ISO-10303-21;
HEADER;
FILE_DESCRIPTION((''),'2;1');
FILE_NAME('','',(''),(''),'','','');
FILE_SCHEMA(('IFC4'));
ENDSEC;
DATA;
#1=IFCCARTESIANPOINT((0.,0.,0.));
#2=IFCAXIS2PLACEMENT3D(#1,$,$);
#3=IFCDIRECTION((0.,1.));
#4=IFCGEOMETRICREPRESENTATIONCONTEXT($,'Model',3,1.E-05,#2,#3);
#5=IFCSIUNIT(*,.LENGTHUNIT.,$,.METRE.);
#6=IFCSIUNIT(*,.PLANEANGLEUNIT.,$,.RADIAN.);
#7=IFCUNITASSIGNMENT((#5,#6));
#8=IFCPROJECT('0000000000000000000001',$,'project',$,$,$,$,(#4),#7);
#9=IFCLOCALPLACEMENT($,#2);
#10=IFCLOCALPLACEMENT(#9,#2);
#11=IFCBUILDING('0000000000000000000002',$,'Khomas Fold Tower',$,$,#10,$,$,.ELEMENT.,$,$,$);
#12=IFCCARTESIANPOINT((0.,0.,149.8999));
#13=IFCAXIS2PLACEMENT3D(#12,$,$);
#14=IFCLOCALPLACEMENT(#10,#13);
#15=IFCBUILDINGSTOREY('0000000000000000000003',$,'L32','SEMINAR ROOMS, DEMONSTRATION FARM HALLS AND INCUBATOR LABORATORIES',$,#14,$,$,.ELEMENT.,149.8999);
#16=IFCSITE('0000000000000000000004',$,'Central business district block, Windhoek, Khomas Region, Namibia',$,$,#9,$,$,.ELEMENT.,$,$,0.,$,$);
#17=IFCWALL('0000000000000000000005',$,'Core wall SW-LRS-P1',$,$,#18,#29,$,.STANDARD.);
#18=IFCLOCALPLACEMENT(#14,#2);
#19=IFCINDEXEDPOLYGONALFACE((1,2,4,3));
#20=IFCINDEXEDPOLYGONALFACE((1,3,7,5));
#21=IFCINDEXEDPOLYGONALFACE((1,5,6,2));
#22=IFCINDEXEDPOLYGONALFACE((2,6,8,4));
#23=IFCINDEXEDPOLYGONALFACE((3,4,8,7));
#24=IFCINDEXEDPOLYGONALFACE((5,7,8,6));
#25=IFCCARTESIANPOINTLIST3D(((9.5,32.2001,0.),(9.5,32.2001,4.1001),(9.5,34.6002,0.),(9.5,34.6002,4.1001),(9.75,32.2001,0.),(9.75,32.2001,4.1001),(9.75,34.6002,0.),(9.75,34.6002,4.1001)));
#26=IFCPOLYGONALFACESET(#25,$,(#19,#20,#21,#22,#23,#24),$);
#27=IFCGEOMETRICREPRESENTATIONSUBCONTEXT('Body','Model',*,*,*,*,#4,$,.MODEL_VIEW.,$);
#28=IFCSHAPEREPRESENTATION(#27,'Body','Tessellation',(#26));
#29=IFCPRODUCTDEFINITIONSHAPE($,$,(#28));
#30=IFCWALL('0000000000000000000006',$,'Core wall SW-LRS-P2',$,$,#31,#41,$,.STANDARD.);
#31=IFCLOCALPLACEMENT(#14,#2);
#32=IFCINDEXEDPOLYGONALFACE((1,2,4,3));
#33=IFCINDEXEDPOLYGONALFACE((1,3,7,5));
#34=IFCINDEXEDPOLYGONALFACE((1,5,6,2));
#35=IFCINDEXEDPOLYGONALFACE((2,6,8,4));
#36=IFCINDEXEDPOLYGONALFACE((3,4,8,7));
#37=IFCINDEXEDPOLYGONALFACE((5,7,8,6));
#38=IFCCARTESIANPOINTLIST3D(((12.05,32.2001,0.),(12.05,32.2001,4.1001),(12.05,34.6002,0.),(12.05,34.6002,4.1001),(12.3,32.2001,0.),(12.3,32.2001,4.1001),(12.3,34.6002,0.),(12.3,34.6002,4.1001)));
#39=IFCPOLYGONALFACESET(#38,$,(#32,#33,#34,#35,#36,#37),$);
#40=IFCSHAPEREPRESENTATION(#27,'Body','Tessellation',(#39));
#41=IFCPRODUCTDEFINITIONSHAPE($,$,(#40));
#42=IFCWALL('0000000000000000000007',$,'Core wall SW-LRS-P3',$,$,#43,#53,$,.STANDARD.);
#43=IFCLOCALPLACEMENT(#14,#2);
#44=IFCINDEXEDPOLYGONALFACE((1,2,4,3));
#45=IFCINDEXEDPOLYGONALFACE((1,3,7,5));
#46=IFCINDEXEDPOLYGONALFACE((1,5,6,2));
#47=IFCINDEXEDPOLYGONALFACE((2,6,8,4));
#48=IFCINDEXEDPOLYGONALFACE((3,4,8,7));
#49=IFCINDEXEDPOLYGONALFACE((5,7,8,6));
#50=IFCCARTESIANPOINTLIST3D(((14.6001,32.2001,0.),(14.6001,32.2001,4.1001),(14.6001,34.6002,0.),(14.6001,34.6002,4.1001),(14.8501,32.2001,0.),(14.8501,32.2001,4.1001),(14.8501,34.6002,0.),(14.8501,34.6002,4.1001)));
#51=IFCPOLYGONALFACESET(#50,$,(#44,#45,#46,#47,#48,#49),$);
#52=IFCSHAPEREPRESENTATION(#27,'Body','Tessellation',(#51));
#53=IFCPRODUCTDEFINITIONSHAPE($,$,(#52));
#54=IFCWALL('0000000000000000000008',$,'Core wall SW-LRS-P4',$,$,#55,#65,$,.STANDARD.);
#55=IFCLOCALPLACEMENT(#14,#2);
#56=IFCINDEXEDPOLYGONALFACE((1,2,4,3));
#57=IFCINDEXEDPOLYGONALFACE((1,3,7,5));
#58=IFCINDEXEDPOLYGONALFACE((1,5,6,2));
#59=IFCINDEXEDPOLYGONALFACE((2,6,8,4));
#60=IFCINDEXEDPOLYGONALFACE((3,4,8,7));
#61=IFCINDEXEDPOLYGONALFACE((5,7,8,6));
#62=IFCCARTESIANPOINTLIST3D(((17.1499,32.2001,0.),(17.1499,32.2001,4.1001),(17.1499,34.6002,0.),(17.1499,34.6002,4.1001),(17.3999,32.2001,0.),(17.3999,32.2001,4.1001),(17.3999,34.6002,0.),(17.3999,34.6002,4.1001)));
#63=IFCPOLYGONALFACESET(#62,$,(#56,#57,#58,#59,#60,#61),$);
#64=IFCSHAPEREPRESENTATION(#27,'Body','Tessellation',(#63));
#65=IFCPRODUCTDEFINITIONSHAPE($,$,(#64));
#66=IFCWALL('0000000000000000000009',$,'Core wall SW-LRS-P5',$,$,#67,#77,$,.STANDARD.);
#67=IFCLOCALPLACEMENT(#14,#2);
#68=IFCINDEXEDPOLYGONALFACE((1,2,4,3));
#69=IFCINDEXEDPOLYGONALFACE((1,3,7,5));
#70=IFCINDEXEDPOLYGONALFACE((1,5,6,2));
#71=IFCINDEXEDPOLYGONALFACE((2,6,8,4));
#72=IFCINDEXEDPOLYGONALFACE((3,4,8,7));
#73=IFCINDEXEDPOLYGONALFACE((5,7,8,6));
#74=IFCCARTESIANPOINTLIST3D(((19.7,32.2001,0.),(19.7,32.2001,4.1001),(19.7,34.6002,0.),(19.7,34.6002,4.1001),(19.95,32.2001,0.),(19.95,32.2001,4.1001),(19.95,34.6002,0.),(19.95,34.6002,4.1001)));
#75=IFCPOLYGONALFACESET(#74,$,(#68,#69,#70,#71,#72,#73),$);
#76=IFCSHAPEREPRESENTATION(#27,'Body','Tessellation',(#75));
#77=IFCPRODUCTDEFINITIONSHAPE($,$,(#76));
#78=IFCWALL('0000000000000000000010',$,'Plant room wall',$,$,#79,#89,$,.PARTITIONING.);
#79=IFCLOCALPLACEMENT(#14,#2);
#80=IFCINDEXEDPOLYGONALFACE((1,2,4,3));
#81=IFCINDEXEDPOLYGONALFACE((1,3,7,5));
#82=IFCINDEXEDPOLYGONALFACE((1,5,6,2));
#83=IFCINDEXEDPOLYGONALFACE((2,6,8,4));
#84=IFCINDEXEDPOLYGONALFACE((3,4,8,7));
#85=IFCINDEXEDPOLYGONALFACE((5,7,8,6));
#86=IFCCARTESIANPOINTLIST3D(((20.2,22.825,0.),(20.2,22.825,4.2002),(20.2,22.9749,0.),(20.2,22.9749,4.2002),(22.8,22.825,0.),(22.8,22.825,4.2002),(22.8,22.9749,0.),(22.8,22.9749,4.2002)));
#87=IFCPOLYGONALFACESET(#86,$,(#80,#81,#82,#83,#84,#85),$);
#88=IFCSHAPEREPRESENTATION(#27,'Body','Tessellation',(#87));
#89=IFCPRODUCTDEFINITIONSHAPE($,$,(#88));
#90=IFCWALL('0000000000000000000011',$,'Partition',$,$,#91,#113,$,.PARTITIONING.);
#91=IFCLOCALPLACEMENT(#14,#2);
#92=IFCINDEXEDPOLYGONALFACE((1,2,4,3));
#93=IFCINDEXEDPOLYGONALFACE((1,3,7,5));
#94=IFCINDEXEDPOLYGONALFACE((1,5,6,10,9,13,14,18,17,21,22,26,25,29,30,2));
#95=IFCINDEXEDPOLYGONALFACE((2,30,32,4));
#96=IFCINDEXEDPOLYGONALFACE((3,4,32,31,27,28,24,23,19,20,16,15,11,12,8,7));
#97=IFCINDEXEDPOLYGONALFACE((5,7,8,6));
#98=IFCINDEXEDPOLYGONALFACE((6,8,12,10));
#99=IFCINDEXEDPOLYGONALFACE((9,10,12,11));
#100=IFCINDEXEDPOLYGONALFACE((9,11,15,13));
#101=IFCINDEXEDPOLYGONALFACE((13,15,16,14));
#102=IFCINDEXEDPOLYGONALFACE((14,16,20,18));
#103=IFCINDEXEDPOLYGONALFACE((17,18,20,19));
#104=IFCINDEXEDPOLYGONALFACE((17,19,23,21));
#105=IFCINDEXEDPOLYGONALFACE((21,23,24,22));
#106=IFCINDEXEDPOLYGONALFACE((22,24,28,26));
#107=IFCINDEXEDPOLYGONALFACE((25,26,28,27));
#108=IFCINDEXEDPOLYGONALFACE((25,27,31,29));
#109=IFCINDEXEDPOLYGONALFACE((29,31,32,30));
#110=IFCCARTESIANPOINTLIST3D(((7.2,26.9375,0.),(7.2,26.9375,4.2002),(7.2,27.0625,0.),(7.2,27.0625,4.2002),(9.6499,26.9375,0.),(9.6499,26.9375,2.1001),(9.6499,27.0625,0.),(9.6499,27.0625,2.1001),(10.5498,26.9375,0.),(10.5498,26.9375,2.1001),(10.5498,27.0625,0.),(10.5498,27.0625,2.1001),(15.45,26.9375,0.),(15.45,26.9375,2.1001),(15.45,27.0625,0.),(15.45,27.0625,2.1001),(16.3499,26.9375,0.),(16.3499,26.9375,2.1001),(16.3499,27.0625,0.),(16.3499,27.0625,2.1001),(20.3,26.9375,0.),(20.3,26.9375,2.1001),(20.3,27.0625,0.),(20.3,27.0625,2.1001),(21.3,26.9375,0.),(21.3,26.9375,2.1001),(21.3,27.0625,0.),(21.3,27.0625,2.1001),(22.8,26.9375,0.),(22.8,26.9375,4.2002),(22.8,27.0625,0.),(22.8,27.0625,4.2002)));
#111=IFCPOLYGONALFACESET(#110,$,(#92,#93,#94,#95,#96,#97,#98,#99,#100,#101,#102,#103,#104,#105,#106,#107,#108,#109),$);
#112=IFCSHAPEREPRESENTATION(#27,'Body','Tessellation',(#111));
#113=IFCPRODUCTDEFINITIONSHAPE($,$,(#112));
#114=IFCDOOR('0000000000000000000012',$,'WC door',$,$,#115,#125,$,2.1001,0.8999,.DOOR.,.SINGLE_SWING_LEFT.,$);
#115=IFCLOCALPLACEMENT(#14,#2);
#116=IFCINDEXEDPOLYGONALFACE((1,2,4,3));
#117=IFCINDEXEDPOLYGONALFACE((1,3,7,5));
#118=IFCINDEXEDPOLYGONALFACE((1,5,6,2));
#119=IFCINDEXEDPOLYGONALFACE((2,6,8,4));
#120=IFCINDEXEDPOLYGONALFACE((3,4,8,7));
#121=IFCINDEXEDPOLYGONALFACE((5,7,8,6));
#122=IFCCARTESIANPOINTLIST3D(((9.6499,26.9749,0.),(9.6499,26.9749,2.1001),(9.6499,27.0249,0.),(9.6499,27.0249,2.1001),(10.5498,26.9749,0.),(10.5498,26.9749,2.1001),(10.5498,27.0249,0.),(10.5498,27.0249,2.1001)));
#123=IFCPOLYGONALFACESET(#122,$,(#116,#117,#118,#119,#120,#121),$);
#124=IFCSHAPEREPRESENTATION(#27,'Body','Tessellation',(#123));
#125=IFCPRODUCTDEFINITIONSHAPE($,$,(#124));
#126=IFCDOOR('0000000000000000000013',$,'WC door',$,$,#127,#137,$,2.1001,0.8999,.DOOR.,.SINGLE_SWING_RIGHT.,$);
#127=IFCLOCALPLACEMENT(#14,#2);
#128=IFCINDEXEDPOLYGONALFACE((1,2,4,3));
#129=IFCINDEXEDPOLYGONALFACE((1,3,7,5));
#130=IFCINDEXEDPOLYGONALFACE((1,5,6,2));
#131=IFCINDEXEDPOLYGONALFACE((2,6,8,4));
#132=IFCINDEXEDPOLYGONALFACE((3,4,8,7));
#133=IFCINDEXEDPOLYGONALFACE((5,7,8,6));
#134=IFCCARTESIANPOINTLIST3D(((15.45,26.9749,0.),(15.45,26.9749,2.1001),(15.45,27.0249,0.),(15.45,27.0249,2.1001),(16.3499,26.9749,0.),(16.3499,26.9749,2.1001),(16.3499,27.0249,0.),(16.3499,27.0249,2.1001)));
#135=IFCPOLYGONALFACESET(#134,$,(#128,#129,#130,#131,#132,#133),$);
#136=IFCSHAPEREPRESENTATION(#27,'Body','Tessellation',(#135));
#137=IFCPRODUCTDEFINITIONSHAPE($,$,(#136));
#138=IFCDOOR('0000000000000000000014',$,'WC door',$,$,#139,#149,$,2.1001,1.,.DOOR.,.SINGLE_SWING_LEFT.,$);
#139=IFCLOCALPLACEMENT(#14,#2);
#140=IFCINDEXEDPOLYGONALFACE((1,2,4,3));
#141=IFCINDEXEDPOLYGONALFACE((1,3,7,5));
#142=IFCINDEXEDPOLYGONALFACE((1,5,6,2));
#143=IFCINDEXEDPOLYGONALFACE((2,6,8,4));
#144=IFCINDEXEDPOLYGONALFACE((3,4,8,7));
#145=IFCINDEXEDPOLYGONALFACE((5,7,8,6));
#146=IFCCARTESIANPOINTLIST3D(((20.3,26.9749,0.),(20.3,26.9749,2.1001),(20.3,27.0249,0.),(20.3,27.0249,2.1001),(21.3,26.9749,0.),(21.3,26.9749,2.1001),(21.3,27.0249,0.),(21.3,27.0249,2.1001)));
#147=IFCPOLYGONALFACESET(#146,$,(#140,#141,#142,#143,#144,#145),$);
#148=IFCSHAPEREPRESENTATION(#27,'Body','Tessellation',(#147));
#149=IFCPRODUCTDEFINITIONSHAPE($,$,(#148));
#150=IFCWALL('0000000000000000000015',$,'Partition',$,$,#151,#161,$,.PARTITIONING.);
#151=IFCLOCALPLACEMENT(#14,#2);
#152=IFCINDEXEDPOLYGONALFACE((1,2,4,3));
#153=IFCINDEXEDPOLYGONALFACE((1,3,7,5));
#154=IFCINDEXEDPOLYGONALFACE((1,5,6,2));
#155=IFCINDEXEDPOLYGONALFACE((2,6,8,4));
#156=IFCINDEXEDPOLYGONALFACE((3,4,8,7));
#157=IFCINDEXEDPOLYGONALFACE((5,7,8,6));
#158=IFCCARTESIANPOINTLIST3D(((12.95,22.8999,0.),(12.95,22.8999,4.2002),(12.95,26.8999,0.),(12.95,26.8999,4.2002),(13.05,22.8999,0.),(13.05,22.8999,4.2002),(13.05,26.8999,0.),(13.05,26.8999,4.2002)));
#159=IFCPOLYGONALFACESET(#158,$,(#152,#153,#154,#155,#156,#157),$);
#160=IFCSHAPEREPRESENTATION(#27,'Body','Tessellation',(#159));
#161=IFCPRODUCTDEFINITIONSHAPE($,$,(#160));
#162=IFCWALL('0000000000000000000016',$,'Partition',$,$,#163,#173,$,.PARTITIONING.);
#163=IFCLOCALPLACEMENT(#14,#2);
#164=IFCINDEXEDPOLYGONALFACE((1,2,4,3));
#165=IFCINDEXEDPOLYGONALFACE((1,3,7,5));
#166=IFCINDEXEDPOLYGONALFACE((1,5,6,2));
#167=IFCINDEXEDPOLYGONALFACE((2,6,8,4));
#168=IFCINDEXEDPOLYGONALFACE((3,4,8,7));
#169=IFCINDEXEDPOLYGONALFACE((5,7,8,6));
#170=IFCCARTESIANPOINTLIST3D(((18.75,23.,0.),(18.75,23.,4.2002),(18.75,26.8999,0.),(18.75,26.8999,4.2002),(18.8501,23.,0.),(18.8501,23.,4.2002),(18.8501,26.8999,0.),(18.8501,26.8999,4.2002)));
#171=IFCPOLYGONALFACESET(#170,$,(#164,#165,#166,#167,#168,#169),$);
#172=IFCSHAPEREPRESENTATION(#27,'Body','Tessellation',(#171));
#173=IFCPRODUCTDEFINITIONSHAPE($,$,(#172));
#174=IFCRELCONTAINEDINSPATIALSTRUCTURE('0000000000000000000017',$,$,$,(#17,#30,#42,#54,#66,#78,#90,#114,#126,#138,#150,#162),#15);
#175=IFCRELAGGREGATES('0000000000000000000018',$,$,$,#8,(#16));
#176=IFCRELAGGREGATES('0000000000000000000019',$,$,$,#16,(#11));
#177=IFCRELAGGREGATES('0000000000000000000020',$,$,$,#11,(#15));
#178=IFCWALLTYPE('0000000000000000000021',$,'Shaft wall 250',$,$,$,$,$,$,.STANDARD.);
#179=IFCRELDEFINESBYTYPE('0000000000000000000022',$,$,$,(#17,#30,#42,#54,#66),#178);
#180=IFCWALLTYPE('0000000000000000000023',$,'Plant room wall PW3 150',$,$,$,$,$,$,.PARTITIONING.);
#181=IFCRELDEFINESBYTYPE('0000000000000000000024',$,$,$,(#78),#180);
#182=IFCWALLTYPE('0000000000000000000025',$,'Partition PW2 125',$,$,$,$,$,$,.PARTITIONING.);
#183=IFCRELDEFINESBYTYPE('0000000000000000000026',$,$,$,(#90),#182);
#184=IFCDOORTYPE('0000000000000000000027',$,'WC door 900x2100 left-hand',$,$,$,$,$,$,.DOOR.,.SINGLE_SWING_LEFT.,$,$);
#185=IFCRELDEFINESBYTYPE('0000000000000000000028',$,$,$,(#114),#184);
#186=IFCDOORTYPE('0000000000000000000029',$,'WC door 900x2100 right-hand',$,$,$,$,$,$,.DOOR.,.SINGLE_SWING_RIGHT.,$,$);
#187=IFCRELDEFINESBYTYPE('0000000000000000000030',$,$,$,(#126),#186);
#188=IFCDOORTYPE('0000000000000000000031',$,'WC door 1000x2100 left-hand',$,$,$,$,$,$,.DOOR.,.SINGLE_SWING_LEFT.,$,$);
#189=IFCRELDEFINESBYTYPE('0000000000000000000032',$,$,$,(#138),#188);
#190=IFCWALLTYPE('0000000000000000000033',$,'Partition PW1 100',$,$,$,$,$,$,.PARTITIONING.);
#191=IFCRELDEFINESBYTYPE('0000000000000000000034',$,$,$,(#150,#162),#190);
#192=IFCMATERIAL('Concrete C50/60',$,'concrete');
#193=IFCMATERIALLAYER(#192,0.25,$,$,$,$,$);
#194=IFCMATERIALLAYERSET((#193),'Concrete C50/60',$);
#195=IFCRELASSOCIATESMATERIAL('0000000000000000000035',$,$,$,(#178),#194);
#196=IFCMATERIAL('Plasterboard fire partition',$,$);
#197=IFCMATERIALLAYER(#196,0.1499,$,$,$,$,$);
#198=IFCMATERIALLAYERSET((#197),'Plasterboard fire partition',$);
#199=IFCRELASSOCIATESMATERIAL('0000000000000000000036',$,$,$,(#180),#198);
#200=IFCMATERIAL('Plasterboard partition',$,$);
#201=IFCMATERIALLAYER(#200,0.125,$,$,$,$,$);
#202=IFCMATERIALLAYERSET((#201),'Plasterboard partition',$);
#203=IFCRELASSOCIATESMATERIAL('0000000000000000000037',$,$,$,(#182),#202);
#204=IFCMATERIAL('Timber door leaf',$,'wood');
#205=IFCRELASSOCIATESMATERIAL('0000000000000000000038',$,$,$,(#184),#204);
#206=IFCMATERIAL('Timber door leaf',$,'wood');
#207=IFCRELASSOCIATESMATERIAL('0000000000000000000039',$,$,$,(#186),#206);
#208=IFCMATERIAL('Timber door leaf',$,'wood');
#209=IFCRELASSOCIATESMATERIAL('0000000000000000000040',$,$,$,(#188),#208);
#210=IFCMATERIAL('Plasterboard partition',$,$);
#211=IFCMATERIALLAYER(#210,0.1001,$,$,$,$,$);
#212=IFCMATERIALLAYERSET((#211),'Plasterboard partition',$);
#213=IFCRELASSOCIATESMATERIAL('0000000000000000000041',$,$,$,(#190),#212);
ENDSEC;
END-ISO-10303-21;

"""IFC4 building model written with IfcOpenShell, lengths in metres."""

from ifc_helpers import new_model, si_unit, direction, frame, frame_2d, origin, place, context, subcontext, project, spatial, rectangle, extrude, source, transform, mapped, material, layer, layer_set, type_object, element, fill, save


model = new_model("IFC4")

# Units and contexts
model_context = context("Model", 3, precision=1e-05, world=origin(), true_north=direction((0.0, 1.0)))
body_context = subcontext(model_context, "Body", "Model", "MODEL_VIEW")
ifc_project = project(units=[si_unit("LENGTHUNIT", "METRE"), si_unit("PLANEANGLEUNIT", "RADIAN")], contexts=[model_context])

# Site, building, storey
site_placement = place(None, origin())
site = spatial("IfcSite", under=ifc_project, at=site_placement, Name="Central business district block, Windhoek, Khomas Region, Namibia", CompositionType="ELEMENT", RefElevation=0.0)
building_placement = place(site_placement, origin())
building = spatial("IfcBuilding", under=site, at=building_placement, Name="Khomas Fold Tower", CompositionType="ELEMENT")
storey_placement = place(building_placement, frame((0.0, 0.0, 149.8999)))
storey = spatial("IfcBuildingStorey", under=building, at=storey_placement, Name="L32", Description="SEMINAR ROOMS, DEMONSTRATION FARM HALLS AND INCUBATOR LABORATORIES", CompositionType="ELEMENT", Elevation=149.8999)

# Walls
ifc_material_1 = material(Name="Concrete C50/60", Category="concrete")
ifc_layer_1 = layer(ifc_material_1, 0.25)
ifc_layer_set_1 = layer_set([ifc_layer_1], Name="Concrete C50/60")
wall_type_1 = type_object("IfcWallType", Name="Shaft wall 250", PredefinedType="STANDARD", material=ifc_layer_set_1)
shared_shape_1 = source(origin(), body_context, "Body", "SweptSolid", [
    extrude(rectangle(XDim=2.4001, YDim=0.25, at=frame_2d((1.2002, 0.0))), origin(), (0.0, 0.0, 1.0), 4.1001),
])
for number, where, z_axis, x_axis, name in (
    (1, (9.625, 32.2, 0.0), (0.0, 0.0, 1.0), (0.0, 1.0, 0.0), "Core wall SW-LRS-P1"),
    (2, (12.175, 32.2, 0.0), (0.0, 0.0, 1.0), (0.0, 1.0, 0.0), "Core wall SW-LRS-P2"),
    (3, (14.7251, 32.2, 0.0), (0.0, 0.0, 1.0), (0.0, 1.0, 0.0), "Core wall SW-LRS-P3"),
    (4, (17.2749, 32.2, 0.0), (0.0, 0.0, 1.0), (0.0, 1.0, 0.0), "Core wall SW-LRS-P4"),
    (5, (19.825, 32.2, 0.0), (0.0, 0.0, 1.0), (0.0, 1.0, 0.0), "Core wall SW-LRS-P5"),
):
    element("IfcWall", number, at=place(storey_placement, frame(where, z_axis=z_axis, x_axis=x_axis)), inside=storey, type_object=wall_type_1, Name=name, PredefinedType="STANDARD", context=body_context, shape_type="MappedRepresentation", body=[
        mapped(shared_shape_1, transform((0.0, 0.0, 0.0))),
    ])
ifc_material_2 = material(Name="Plasterboard fire partition")
ifc_layer_2 = layer(ifc_material_2, 0.1499)
ifc_layer_set_2 = layer_set([ifc_layer_2], Name="Plasterboard fire partition")
wall_type_2 = type_object("IfcWallType", Name="Plant room wall PW3 150", PredefinedType="PARTITIONING", material=ifc_layer_set_2)
shared_shape_2 = source(origin(), body_context, "Body", "SweptSolid", [
    extrude(rectangle(XDim=2.6001, YDim=0.1499, at=frame_2d((1.3, 0.0))), origin(), (0.0, 0.0, 1.0), 4.2002),
])
wall_1_placement = place(storey_placement, frame((20.2, 22.8999, 0.0), z_axis=(0.0, 0.0, 1.0), x_axis=(1.0, 0.0, 0.0)))
element("IfcWall", 6, at=wall_1_placement, inside=storey, type_object=wall_type_2, Name="Plant room wall", PredefinedType="PARTITIONING", context=body_context, shape_type="MappedRepresentation", body=[
    mapped(shared_shape_2, transform((0.0, 0.0, 0.0))),
])

# Wall, openings, doors
ifc_material_3 = material(Name="Plasterboard partition")
ifc_layer_3 = layer(ifc_material_3, 0.125)
ifc_layer_set_3 = layer_set([ifc_layer_3], Name="Plasterboard partition")
wall_type_3 = type_object("IfcWallType", Name="Partition PW2 125", PredefinedType="PARTITIONING", material=ifc_layer_set_3)
shared_shape_3 = source(origin(), body_context, "Body", "SweptSolid", [
    extrude(rectangle(XDim=15.6001, YDim=0.125, at=frame_2d((7.8, 0.0))), origin(), (0.0, 0.0, 1.0), 4.2002),
])
wall_2_placement = place(storey_placement, frame((7.2, 27.0, 0.0), z_axis=(0.0, 0.0, 1.0), x_axis=(1.0, 0.0, 0.0)))
wall_2 = element("IfcWall", 7, at=wall_2_placement, inside=storey, type_object=wall_type_3, Name="Partition", PredefinedType="PARTITIONING", context=body_context, shape_type="MappedRepresentation", body=[
    mapped(shared_shape_3, transform((0.0, 0.0, 0.0))),
])
shared_shape_4 = source(origin(), body_context, "Body", "SweptSolid", [
    extrude(rectangle(XDim=0.8999, YDim=2.1001, at=frame_2d((0.45, 1.05))), frame((0.0, 0.0725, 0.0), z_axis=(0.0, -1.0, 0.0), x_axis=(1.0, 0.0, 0.0)), (0.0, 0.0, 1.0), 0.145),
])
opening_1_placement = place(wall_2_placement, frame((2.45, 0.0, 0.0)))
opening_1 = element("IfcOpeningElement", 8, at=opening_1_placement, cuts=wall_2, PredefinedType="OPENING", context=body_context, shape_type="MappedRepresentation", body=[
    mapped(shared_shape_4, transform((0.0, 0.0, 0.0))),
])
opening_2_placement = place(wall_2_placement, frame((8.25, 0.0, 0.0)))
opening_2 = element("IfcOpeningElement", 9, at=opening_2_placement, cuts=wall_2, PredefinedType="OPENING", context=body_context, shape_type="MappedRepresentation", body=[
    mapped(shared_shape_4, transform((0.0, 0.0, 0.0))),
])
shared_shape_5 = source(origin(), body_context, "Body", "SweptSolid", [
    extrude(rectangle(XDim=1.0, YDim=2.1001, at=frame_2d((0.5, 1.05))), frame((0.0, 0.0725, 0.0), z_axis=(0.0, -1.0, 0.0), x_axis=(1.0, 0.0, 0.0)), (0.0, 0.0, 1.0), 0.145),
])
opening_3_placement = place(wall_2_placement, frame((13.1001, 0.0, 0.0)))
opening_3 = element("IfcOpeningElement", 10, at=opening_3_placement, cuts=wall_2, PredefinedType="OPENING", context=body_context, shape_type="MappedRepresentation", body=[
    mapped(shared_shape_5, transform((0.0, 0.0, 0.0))),
])
ifc_material_4 = material(Name="Timber door leaf", Category="wood")
door_type_1 = type_object("IfcDoorType", Name="WC door 900x2100 left-hand", OperationType="SINGLE_SWING_LEFT", PredefinedType="DOOR", material=ifc_material_4)
shared_shape_6 = source(origin(), body_context, "Body", "SweptSolid", [
    extrude(rectangle(XDim=0.8999, YDim=2.1001, at=frame_2d((0.45, 1.05))), frame((0.0, 0.0249, 0.0), z_axis=(0.0, -1.0, 0.0), x_axis=(1.0, 0.0, 0.0)), (0.0, 0.0, 1.0), 0.05),
])
door_1_placement = place(opening_1_placement, origin())
door_1 = element("IfcDoor", 11, at=door_1_placement, inside=storey, type_object=door_type_1, Name="WC door", OperationType="SINGLE_SWING_LEFT", OverallHeight=2.1001, OverallWidth=0.8999, PredefinedType="DOOR", context=body_context, shape_type="MappedRepresentation", body=[
    mapped(shared_shape_6, transform((0.0, 0.0, 0.0))),
])
fill(opening_1, door_1)
ifc_material_5 = material(Name="Timber door leaf", Category="wood")
door_type_2 = type_object("IfcDoorType", Name="WC door 900x2100 right-hand", OperationType="SINGLE_SWING_RIGHT", PredefinedType="DOOR", material=ifc_material_5)
door_2_placement = place(opening_2_placement, origin())
door_2 = element("IfcDoor", 12, at=door_2_placement, inside=storey, type_object=door_type_2, Name="WC door", OperationType="SINGLE_SWING_RIGHT", OverallHeight=2.1001, OverallWidth=0.8999, PredefinedType="DOOR", context=body_context, shape_type="MappedRepresentation", body=[
    mapped(shared_shape_6, transform((0.0, 0.0, 0.0))),
])
fill(opening_2, door_2)
ifc_material_6 = material(Name="Timber door leaf", Category="wood")
door_type_3 = type_object("IfcDoorType", Name="WC door 1000x2100 left-hand", OperationType="SINGLE_SWING_LEFT", PredefinedType="DOOR", material=ifc_material_6)
shared_shape_7 = source(origin(), body_context, "Body", "SweptSolid", [
    extrude(rectangle(XDim=1.0, YDim=2.1001, at=frame_2d((0.5, 1.05))), frame((0.0, 0.0249, 0.0), z_axis=(0.0, -1.0, 0.0), x_axis=(1.0, 0.0, 0.0)), (0.0, 0.0, 1.0), 0.05),
])
door_3_placement = place(opening_3_placement, origin())
door_3 = element("IfcDoor", 13, at=door_3_placement, inside=storey, type_object=door_type_3, Name="WC door", OperationType="SINGLE_SWING_LEFT", OverallHeight=2.1001, OverallWidth=1.0, PredefinedType="DOOR", context=body_context, shape_type="MappedRepresentation", body=[
    mapped(shared_shape_7, transform((0.0, 0.0, 0.0))),
])
fill(opening_3, door_3)

# Walls
ifc_material_7 = material(Name="Plasterboard partition")
ifc_layer_4 = layer(ifc_material_7, 0.1001)
ifc_layer_set_4 = layer_set([ifc_layer_4], Name="Plasterboard partition")
wall_type_4 = type_object("IfcWallType", Name="Partition PW1 100", PredefinedType="PARTITIONING", material=ifc_layer_set_4)
shared_shape_8 = source(origin(), body_context, "Body", "SweptSolid", [
    extrude(rectangle(XDim=4.0, YDim=0.1001, at=frame_2d((2.0, 0.0))), origin(), (0.0, 0.0, 1.0), 4.2002),
])
wall_3_placement = place(storey_placement, frame((13.0, 22.8999, 0.0), z_axis=(0.0, 0.0, 1.0), x_axis=(0.0, 1.0, 0.0)))
element("IfcWall", 14, at=wall_3_placement, inside=storey, type_object=wall_type_4, Name="Partition", PredefinedType="PARTITIONING", context=body_context, shape_type="MappedRepresentation", body=[
    mapped(shared_shape_8, transform((0.0, 0.0, 0.0))),
])
shared_shape_9 = source(origin(), body_context, "Body", "SweptSolid", [
    extrude(rectangle(XDim=3.8999, YDim=0.1001, at=frame_2d((1.95, 0.0))), origin(), (0.0, 0.0, 1.0), 4.2002),
])
wall_4_placement = place(storey_placement, frame((18.8, 23.0, 0.0), z_axis=(0.0, 0.0, 1.0), x_axis=(0.0, 1.0, 0.0)))
element("IfcWall", 15, at=wall_4_placement, inside=storey, type_object=wall_type_4, Name="Partition", PredefinedType="PARTITIONING", context=body_context, shape_type="MappedRepresentation", body=[
    mapped(shared_shape_9, transform((0.0, 0.0, 0.0))),
])

save(model, "model.ifc")
